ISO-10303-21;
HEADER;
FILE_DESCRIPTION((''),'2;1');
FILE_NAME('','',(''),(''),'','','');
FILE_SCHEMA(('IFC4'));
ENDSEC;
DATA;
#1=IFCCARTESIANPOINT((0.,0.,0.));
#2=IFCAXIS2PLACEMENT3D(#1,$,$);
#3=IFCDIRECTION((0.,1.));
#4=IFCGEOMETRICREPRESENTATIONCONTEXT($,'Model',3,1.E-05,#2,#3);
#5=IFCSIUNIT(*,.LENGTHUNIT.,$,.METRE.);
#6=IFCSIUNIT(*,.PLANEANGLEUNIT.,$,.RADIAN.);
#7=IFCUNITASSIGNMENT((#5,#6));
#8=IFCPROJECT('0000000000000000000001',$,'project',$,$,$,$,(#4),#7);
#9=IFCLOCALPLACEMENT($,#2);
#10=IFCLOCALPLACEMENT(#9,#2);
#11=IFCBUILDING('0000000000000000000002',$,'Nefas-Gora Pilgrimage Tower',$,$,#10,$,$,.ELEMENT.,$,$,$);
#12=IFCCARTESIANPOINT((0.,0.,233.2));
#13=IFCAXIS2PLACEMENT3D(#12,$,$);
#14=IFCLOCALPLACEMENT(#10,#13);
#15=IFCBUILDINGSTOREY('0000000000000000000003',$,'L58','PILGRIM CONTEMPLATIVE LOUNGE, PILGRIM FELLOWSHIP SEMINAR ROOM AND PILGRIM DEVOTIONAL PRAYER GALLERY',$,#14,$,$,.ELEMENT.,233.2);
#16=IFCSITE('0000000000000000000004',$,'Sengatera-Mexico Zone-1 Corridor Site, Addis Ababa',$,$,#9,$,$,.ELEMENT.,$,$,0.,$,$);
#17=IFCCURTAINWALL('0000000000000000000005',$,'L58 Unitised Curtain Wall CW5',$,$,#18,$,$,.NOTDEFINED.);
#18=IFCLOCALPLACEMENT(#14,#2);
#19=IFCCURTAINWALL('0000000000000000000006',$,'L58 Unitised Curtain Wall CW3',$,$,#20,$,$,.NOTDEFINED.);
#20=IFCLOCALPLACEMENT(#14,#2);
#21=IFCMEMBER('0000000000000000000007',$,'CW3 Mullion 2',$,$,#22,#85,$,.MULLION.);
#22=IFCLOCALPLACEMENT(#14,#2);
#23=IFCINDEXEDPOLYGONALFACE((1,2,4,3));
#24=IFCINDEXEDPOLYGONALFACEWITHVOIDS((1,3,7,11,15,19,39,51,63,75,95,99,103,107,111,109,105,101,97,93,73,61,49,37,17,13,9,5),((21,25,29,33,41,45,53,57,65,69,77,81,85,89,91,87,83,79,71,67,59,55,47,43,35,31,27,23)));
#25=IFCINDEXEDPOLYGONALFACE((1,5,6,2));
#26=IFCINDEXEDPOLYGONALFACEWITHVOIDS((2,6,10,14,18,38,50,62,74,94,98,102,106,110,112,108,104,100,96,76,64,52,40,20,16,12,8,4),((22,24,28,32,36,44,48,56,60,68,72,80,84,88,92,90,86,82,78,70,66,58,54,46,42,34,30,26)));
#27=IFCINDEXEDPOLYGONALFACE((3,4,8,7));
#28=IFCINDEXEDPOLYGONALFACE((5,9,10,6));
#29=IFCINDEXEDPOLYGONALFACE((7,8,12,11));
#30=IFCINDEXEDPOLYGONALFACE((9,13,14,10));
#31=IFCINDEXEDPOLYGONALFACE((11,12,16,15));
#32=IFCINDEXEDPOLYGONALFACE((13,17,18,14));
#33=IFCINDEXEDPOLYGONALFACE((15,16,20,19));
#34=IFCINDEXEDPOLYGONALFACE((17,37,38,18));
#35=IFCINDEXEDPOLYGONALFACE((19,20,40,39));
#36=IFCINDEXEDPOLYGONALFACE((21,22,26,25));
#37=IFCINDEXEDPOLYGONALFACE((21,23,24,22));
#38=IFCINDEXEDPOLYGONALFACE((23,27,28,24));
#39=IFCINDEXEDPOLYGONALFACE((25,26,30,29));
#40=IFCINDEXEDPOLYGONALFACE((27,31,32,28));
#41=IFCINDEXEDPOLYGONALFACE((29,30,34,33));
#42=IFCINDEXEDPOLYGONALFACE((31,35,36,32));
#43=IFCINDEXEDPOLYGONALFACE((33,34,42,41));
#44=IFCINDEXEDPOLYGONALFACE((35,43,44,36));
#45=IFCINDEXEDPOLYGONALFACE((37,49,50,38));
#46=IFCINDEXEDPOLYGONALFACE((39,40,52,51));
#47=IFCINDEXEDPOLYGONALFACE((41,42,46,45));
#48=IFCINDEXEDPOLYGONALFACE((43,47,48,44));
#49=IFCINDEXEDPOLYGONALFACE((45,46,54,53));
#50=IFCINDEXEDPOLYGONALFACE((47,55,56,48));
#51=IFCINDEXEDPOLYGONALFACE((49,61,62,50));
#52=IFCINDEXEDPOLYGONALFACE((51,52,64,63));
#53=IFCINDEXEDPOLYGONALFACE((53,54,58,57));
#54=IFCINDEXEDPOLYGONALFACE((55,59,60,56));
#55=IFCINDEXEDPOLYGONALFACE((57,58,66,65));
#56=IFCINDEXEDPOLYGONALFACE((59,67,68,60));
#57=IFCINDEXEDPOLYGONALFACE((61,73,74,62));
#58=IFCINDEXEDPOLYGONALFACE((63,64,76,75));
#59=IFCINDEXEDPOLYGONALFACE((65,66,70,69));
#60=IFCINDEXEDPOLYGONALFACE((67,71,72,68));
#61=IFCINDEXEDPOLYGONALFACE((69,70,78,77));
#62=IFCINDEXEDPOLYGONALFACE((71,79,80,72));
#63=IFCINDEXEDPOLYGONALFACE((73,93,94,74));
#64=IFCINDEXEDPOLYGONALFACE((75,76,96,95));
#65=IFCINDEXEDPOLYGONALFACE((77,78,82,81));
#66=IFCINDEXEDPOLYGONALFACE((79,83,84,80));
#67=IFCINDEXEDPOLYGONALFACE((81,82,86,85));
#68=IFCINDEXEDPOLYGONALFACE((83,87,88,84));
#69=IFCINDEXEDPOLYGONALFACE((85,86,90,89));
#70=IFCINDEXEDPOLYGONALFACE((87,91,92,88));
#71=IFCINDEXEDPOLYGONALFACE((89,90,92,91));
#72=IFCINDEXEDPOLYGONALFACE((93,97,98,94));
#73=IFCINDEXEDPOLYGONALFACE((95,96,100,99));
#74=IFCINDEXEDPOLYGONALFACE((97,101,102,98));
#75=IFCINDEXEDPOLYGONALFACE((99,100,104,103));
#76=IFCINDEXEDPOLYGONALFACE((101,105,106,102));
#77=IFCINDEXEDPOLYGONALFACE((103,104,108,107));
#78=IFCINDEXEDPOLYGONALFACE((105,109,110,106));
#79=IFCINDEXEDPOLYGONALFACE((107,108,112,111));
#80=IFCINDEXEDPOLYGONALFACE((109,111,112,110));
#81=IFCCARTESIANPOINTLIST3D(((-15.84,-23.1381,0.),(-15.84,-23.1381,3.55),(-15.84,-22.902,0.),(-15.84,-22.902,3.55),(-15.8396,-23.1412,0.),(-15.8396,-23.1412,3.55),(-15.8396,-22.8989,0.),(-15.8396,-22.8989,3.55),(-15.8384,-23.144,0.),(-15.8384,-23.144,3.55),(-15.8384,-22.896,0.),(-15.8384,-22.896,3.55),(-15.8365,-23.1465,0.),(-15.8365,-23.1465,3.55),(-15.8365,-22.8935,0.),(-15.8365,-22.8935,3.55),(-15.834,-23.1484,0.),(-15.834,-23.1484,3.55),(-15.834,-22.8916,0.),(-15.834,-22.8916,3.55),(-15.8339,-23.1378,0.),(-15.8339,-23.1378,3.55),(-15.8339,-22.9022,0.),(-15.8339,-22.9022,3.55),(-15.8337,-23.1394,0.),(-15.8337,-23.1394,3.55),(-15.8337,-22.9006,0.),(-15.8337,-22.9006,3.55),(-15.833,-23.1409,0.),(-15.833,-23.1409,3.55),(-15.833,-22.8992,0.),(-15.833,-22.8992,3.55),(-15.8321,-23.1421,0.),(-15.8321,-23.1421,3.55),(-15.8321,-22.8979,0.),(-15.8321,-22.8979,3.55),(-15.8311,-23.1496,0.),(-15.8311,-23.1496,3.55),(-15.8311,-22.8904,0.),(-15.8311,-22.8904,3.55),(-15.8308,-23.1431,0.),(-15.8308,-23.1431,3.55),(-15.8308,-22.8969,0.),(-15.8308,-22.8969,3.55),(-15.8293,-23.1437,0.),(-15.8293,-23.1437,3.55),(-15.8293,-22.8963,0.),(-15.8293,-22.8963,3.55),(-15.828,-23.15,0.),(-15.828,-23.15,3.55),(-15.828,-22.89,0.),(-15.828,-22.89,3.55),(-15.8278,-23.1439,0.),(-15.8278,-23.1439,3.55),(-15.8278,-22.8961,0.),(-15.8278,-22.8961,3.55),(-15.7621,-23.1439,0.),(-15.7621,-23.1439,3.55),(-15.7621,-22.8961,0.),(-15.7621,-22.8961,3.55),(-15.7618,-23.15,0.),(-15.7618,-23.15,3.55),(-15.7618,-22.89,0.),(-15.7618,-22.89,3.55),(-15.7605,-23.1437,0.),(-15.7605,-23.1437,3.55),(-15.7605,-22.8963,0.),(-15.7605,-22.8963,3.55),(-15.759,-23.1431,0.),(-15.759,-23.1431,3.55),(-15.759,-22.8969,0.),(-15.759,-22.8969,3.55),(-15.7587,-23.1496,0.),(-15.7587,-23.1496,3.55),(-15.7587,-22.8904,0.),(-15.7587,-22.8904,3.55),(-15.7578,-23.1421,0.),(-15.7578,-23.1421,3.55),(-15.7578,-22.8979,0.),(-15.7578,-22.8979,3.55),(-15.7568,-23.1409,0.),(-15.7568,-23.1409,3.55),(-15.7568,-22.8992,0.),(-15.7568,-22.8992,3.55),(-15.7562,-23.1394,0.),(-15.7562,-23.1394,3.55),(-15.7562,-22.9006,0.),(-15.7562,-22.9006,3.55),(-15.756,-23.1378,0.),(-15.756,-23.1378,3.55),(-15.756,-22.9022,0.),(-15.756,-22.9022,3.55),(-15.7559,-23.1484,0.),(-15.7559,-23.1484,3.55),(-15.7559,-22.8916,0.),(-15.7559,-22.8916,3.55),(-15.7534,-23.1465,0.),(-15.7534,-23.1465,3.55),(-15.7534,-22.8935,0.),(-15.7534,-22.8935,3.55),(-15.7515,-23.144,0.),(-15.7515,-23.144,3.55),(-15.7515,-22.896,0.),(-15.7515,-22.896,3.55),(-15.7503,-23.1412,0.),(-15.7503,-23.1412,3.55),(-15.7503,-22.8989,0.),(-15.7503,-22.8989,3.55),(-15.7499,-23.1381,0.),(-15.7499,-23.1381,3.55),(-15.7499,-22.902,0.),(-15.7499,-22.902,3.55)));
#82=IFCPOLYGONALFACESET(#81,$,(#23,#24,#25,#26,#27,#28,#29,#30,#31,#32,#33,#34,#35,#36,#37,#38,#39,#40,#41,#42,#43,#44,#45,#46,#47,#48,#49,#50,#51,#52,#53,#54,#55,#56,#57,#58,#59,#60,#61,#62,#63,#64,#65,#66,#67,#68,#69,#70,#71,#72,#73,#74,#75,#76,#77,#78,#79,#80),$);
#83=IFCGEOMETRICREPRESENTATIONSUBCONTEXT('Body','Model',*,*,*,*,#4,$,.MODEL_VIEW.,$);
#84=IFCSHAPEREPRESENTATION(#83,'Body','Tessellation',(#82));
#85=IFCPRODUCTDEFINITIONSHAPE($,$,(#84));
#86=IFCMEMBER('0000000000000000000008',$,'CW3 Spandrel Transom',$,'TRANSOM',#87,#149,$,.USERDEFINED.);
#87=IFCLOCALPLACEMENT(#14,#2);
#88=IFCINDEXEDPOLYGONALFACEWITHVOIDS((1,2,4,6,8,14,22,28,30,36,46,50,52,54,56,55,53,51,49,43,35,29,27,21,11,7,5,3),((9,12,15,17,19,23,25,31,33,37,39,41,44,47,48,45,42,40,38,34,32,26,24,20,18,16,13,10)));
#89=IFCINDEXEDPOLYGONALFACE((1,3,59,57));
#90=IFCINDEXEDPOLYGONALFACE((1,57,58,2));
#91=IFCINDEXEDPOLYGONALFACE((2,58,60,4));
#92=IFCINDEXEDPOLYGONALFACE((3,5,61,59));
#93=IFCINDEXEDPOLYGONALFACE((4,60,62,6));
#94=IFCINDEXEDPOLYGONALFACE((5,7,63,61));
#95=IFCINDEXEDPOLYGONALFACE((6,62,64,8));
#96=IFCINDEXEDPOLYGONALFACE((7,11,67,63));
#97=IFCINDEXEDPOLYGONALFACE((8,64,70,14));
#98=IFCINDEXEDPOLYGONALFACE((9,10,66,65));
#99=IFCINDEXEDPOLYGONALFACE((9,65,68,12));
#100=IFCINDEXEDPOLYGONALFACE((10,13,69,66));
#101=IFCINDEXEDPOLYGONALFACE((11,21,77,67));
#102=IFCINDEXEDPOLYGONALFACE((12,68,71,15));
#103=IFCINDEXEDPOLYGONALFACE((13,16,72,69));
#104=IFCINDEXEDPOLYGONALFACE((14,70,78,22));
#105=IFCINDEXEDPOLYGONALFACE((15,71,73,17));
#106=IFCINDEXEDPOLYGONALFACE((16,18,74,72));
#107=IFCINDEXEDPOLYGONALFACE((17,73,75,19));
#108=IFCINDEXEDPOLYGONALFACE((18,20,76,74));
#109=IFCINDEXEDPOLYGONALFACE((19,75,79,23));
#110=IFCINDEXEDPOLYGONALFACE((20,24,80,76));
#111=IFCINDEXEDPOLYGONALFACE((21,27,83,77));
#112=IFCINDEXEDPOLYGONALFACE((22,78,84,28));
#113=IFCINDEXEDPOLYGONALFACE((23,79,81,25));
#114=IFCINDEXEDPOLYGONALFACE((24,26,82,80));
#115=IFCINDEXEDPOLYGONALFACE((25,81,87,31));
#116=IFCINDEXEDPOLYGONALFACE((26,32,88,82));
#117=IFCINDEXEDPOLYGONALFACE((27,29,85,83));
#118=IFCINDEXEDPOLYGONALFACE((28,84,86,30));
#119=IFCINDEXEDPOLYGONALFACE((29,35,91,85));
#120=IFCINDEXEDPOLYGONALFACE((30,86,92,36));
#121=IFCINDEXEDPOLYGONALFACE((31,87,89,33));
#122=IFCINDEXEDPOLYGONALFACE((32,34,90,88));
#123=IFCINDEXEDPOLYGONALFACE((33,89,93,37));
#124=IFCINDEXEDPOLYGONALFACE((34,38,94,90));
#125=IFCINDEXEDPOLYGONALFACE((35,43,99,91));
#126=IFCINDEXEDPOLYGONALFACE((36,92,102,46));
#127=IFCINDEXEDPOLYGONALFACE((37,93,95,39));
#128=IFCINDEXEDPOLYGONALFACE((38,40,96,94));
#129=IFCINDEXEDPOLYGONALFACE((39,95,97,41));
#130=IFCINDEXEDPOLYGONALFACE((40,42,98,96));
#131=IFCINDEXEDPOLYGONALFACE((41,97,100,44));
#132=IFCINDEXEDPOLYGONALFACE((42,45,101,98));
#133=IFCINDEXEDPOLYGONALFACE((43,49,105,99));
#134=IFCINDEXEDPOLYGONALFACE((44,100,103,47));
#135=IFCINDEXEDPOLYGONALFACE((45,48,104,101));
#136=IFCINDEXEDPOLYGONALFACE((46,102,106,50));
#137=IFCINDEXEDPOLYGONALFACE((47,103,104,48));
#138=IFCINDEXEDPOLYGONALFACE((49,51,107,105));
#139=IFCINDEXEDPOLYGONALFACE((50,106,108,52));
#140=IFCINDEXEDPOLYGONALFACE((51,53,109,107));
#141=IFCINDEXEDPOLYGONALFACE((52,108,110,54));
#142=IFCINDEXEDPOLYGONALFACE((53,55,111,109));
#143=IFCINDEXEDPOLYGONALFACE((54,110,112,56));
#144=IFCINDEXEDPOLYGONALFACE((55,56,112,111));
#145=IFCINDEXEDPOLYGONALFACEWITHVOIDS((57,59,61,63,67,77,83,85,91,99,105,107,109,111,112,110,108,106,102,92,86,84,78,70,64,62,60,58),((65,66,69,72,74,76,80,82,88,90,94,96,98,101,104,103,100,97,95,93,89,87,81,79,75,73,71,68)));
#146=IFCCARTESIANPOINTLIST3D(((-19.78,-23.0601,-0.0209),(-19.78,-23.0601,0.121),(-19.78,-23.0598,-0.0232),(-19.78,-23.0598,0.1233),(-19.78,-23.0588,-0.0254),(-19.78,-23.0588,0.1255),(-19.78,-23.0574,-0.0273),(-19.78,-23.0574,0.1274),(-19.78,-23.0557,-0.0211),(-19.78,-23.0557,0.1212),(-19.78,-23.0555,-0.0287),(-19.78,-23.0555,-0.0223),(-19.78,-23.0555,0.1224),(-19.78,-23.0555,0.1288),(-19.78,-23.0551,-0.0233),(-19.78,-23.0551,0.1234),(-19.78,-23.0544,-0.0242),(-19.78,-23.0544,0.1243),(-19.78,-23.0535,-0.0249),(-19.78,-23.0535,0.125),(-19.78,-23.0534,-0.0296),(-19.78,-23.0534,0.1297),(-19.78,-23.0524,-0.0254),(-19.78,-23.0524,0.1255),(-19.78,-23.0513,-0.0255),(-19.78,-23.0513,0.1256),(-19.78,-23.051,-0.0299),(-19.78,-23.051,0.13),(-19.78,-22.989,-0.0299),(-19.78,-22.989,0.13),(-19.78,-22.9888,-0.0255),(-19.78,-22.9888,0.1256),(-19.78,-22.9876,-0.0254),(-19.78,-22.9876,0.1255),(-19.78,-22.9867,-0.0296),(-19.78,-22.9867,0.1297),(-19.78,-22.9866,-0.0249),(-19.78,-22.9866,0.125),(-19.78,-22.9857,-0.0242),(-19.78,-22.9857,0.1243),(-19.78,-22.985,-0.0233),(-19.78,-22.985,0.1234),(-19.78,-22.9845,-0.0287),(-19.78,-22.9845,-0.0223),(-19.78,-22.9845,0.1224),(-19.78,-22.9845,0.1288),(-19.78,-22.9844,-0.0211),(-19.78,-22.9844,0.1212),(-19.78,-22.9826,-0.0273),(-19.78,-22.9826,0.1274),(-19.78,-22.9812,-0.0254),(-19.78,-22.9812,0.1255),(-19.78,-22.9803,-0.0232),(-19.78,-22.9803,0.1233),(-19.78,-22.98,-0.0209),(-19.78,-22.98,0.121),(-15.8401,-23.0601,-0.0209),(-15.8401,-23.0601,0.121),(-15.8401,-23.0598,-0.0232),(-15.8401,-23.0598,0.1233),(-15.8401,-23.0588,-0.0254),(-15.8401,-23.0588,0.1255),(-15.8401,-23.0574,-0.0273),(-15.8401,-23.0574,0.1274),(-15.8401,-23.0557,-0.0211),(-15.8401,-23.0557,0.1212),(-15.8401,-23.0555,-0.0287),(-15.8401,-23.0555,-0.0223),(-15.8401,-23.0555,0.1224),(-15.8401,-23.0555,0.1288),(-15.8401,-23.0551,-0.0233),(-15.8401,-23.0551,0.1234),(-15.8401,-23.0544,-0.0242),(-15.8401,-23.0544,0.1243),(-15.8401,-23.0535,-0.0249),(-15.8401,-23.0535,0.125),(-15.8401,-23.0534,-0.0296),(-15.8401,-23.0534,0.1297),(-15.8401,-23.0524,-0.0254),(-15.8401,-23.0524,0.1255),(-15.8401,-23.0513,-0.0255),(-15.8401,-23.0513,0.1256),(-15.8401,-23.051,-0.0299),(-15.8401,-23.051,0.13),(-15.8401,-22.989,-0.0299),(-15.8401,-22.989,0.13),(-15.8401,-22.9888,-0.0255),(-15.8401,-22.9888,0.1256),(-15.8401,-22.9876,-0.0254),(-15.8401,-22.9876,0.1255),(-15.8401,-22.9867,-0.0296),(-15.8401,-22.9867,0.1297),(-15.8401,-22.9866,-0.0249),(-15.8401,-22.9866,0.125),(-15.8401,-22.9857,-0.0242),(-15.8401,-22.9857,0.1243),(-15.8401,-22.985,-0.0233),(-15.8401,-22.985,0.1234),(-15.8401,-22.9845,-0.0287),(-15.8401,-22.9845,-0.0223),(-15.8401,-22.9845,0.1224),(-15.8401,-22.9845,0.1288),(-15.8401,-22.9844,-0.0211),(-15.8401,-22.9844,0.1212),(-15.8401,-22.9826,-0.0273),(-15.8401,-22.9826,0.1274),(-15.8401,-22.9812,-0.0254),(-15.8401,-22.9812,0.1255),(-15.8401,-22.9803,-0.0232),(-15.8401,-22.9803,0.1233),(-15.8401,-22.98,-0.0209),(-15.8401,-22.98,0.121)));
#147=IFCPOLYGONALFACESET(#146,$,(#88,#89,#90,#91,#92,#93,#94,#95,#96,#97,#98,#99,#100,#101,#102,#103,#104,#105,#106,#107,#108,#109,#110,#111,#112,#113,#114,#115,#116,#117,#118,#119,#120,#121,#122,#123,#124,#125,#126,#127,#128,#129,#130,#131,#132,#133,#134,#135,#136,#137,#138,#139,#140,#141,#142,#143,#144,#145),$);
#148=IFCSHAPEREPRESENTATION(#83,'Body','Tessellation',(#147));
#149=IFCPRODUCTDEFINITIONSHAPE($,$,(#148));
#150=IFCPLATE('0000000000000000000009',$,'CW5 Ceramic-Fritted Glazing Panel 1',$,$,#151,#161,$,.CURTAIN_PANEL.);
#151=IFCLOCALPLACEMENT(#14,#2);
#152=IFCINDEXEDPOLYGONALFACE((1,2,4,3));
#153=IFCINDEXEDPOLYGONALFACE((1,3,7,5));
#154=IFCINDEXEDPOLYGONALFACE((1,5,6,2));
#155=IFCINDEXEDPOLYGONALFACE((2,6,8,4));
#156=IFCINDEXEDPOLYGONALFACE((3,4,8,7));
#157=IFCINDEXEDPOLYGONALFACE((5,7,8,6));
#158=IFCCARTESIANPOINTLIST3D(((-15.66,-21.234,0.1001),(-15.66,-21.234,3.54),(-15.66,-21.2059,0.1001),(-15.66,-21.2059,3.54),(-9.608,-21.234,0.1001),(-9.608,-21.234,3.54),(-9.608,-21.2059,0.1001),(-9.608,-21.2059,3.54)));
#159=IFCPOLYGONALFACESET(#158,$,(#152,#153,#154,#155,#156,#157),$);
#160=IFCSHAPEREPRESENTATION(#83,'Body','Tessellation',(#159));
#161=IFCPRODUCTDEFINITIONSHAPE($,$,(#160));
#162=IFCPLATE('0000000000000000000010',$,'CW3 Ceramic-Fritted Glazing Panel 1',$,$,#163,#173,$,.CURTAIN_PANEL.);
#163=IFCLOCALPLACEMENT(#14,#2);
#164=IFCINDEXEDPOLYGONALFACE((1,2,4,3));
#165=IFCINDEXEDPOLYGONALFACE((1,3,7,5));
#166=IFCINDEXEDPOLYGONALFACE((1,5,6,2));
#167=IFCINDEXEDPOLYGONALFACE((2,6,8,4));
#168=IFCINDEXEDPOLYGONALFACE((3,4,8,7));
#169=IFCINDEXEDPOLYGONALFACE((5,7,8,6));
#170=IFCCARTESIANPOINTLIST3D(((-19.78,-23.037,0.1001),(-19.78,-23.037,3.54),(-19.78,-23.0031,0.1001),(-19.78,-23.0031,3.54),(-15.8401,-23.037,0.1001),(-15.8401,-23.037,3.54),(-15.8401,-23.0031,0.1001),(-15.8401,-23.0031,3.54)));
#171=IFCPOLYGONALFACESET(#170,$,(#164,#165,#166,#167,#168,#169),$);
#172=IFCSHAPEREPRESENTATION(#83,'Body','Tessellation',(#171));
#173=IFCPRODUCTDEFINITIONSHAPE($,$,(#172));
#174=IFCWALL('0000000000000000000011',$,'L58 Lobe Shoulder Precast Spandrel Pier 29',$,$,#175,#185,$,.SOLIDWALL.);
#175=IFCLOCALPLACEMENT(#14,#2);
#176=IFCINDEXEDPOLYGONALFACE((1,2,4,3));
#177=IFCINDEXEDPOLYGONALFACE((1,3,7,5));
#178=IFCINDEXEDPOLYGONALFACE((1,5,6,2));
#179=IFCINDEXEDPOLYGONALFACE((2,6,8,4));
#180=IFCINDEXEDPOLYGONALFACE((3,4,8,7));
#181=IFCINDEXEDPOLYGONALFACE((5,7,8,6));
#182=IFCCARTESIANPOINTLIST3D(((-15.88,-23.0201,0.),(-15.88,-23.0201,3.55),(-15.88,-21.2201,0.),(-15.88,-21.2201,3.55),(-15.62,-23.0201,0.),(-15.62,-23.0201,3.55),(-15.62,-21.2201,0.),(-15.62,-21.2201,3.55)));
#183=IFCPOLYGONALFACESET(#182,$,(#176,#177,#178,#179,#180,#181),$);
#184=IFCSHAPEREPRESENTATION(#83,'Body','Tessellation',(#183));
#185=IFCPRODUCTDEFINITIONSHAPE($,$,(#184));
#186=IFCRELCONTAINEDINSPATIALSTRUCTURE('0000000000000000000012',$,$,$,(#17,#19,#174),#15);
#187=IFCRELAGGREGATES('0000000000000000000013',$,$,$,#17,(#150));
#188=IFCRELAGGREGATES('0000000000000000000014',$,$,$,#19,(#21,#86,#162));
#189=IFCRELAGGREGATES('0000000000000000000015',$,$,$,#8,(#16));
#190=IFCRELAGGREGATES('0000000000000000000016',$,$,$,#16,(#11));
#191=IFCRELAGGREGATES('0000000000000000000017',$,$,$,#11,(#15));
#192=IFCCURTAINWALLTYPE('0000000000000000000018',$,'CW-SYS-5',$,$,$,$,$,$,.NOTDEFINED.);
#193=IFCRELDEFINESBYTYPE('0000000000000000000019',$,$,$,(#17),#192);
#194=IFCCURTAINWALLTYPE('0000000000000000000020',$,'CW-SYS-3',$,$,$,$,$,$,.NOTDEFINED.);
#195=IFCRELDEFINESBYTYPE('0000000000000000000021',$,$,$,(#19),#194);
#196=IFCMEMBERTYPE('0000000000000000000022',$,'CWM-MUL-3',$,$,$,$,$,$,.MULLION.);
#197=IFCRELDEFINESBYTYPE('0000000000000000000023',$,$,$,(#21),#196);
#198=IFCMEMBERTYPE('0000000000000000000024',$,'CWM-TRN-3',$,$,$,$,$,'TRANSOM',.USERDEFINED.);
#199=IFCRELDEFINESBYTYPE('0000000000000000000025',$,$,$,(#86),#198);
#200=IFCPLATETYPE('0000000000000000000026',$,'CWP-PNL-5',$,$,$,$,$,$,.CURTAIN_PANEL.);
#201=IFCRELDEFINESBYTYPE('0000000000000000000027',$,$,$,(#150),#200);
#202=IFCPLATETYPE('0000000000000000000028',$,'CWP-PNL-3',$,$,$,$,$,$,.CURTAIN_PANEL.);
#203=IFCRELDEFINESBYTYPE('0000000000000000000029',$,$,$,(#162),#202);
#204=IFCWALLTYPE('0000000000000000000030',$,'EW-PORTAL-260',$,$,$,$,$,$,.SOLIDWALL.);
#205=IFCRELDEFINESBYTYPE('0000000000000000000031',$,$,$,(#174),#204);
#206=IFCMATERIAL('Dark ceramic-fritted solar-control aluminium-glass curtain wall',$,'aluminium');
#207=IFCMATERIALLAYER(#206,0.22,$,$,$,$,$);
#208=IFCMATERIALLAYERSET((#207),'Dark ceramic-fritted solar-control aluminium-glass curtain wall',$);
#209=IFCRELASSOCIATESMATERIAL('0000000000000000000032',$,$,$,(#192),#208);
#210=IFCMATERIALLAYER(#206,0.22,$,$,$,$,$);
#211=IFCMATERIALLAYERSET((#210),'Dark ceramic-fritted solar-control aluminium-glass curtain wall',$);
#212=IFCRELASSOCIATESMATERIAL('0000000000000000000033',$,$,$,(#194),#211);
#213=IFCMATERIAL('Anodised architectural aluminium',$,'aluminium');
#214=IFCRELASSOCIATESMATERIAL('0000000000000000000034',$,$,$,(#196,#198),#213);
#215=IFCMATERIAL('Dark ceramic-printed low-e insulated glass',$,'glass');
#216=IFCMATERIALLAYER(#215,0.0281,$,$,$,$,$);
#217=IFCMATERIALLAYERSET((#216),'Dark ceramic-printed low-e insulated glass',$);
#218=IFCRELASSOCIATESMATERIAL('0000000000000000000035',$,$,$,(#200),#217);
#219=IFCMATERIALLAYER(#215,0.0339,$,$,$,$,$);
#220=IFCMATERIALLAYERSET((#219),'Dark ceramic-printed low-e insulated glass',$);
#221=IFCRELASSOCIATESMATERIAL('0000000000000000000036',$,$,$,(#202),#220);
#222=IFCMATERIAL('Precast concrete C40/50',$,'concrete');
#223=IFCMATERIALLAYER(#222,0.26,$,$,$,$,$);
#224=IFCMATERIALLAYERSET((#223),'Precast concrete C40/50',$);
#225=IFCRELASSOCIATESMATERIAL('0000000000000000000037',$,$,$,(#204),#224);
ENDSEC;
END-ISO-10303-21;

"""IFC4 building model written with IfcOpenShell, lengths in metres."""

from ifc_helpers import new_model, si_unit, direction, frame, frame_2d, origin, origin_2d, place, context, subcontext, project, spatial, rectangle, hollow_rectangle, extrude, source, transform, mapped, material, layer, layer_set, material_profile, profile_set, type_object, element, aggregate, save


model = new_model("IFC4")

# Units and contexts
model_context = context("Model", 3, precision=1e-05, world=origin(), true_north=direction((0.0, 1.0)))
body_context = subcontext(model_context, "Body", "Model", "MODEL_VIEW")
ifc_project = project(units=[si_unit("LENGTHUNIT", "METRE"), si_unit("PLANEANGLEUNIT", "RADIAN")], contexts=[model_context])

# Site, building, storey
site_placement = place(None, origin())
site = spatial("IfcSite", under=ifc_project, at=site_placement, Name="Sengatera-Mexico Zone-1 Corridor Site, Addis Ababa", CompositionType="ELEMENT", RefElevation=0.0)
building_placement = place(site_placement, origin())
building = spatial("IfcBuilding", under=site, at=building_placement, Name="Nefas-Gora Pilgrimage Tower", CompositionType="ELEMENT")
storey_placement = place(building_placement, frame((0.0, 0.0, 233.2)))
storey = spatial("IfcBuildingStorey", under=building, at=storey_placement, Name="L58", Description="PILGRIM CONTEMPLATIVE LOUNGE, PILGRIM FELLOWSHIP SEMINAR ROOM AND PILGRIM DEVOTIONAL PRAYER GALLERY", CompositionType="ELEMENT", Elevation=233.2)

# Curtain wall
ifc_material_1 = material(Name="Dark ceramic-fritted solar-control aluminium-glass curtain wall", Category="aluminium")
ifc_layer_1 = layer(ifc_material_1, 0.22)
ifc_layer_set_1 = layer_set([ifc_layer_1], Name="Dark ceramic-fritted solar-control aluminium-glass curtain wall")
curtain_wall_type_1 = type_object("IfcCurtainWallType", Name="CW-SYS-5", PredefinedType="NOTDEFINED", material=ifc_layer_set_1)
curtain_wall_1_placement = place(storey_placement, origin())
curtain_wall_1 = element("IfcCurtainWall", 1, at=curtain_wall_1_placement, inside=storey, type_object=curtain_wall_type_1, Name="L58 Unitised Curtain Wall CW5", PredefinedType="NOTDEFINED")
ifc_material_2 = material(Name="Anodised architectural aluminium", Category="aluminium")

# Shared definitions
ifc_layer_2 = layer(ifc_material_1, 0.22)
ifc_layer_set_2 = layer_set([ifc_layer_2], Name="Dark ceramic-fritted solar-control aluminium-glass curtain wall")
curtain_wall_type_2 = type_object("IfcCurtainWallType", Name="CW-SYS-3", PredefinedType="NOTDEFINED", material=ifc_layer_set_2)
ifc_material_profile_1 = material_profile(ifc_material_2, hollow_rectangle(XDim=0.0901, YDim=0.26, WallThickness=0.0061, InnerFilletRadius=0.0061, OuterFilletRadius=0.012, at=origin_2d()), Name="ALU MULLION 90x260")
ifc_profile_set_1 = profile_set([ifc_material_profile_1], Name="Anodised architectural aluminium")
member_type_1 = type_object("IfcMemberType", Name="CWM-MUL-3", PredefinedType="MULLION", material=ifc_profile_set_1)
shared_shape_1 = source(origin(), body_context, "Body", "SweptSolid", [
    extrude(hollow_rectangle(XDim=0.0901, YDim=0.26, WallThickness=0.0061, InnerFilletRadius=0.0061, OuterFilletRadius=0.012, at=origin_2d()), origin(), (0.0, 0.0, 1.0), 3.55),
])

# Curtain wall, members
curtain_wall_2_placement = place(storey_placement, origin())
curtain_wall_2 = element("IfcCurtainWall", 2, at=curtain_wall_2_placement, inside=storey, type_object=curtain_wall_type_2, Name="L58 Unitised Curtain Wall CW3", PredefinedType="NOTDEFINED")
member_1_placement = place(storey_placement, frame((-15.7949, -23.02, 0.0), z_axis=(0.0, 0.0, 1.0), x_axis=(1.0, 0.0, 0.0)))
member_1 = element("IfcMember", 3, at=member_1_placement, type_object=member_type_1, Name="CW3 Mullion 2", PredefinedType="MULLION", context=body_context, shape_type="MappedRepresentation", body=[
    mapped(shared_shape_1, transform((0.0, 0.0, 0.0), x_axis=(1.0, 0.0, 0.0), y_axis=(0.0, 1.0, 0.0), z_axis=(0.0, 0.0, 1.0), scale=1.0)),
])
ifc_material_profile_2 = material_profile(ifc_material_2, hollow_rectangle(XDim=0.0801, YDim=0.1599, WallThickness=0.0044, InnerFilletRadius=0.0044, OuterFilletRadius=0.009, at=origin_2d()), Name="ALU TRANSOM 80x160")
ifc_profile_set_2 = profile_set([ifc_material_profile_2], Name="Anodised architectural aluminium")
member_type_2 = type_object("IfcMemberType", Name="CWM-TRN-3", ElementType="TRANSOM", PredefinedType="USERDEFINED", material=ifc_profile_set_2)
shared_shape_2 = source(origin(), body_context, "Body", "SweptSolid", [
    extrude(hollow_rectangle(XDim=0.0801, YDim=0.1599, WallThickness=0.0044, InnerFilletRadius=0.0044, OuterFilletRadius=0.009, at=origin_2d()), origin(), (0.0, 0.0, 1.0), 3.9399),
])
member_2_placement = place(storey_placement, frame((-19.78, -23.02, 0.05), z_axis=(1.0, 0.0, 0.0), x_axis=(0.0, 1.0, 0.0)))
member_2 = element("IfcMember", 4, at=member_2_placement, type_object=member_type_2, Name="CW3 Spandrel Transom", ObjectType="TRANSOM", PredefinedType="USERDEFINED", context=body_context, shape_type="MappedRepresentation", body=[
    mapped(shared_shape_2, transform((0.0, 0.0, 0.0), x_axis=(1.0, 0.0, 0.0), y_axis=(0.0, 1.0, 0.0), z_axis=(0.0, 0.0, 1.0), scale=1.0)),
])

# Plates
ifc_material_3 = material(Name="Dark ceramic-printed low-e insulated glass", Category="glass")
ifc_layer_3 = layer(ifc_material_3, 0.0281)
ifc_layer_set_3 = layer_set([ifc_layer_3], Name="Dark ceramic-printed low-e insulated glass")
plate_type_1 = type_object("IfcPlateType", Name="CWP-PNL-5", PredefinedType="CURTAIN_PANEL", material=ifc_layer_set_3)
shared_shape_3 = source(origin(), body_context, "Body", "SweptSolid", [
    extrude(rectangle(XDim=6.052, YDim=0.0281, at=origin_2d()), origin(), (0.0, 0.0, 1.0), 3.4399),
])
plate_1_placement = place(storey_placement, frame((-12.634, -21.22, 0.1001), z_axis=(0.0, 0.0, 1.0), x_axis=(1.0, 0.0, 0.0)))
plate_1 = element("IfcPlate", 5, at=plate_1_placement, type_object=plate_type_1, Name="CW5 Ceramic-Fritted Glazing Panel 1", PredefinedType="CURTAIN_PANEL", context=body_context, shape_type="MappedRepresentation", body=[
    mapped(shared_shape_3, transform((0.0, 0.0, 0.0), x_axis=(1.0, 0.0, 0.0), y_axis=(0.0, 1.0, 0.0), z_axis=(0.0, 0.0, 1.0), scale=1.0)),
])
aggregate(curtain_wall_1, [plate_1])
ifc_layer_4 = layer(ifc_material_3, 0.0339)
ifc_layer_set_4 = layer_set([ifc_layer_4], Name="Dark ceramic-printed low-e insulated glass")
plate_type_2 = type_object("IfcPlateType", Name="CWP-PNL-3", PredefinedType="CURTAIN_PANEL", material=ifc_layer_set_4)
shared_shape_4 = source(origin(), body_context, "Body", "SweptSolid", [
    extrude(rectangle(XDim=3.9399, YDim=0.0339, at=origin_2d()), origin(), (0.0, 0.0, 1.0), 3.4399),
])
plate_2_placement = place(storey_placement, frame((-17.8101, -23.02, 0.1001), z_axis=(0.0, 0.0, 1.0), x_axis=(1.0, 0.0, 0.0)))
plate_2 = element("IfcPlate", 6, at=plate_2_placement, type_object=plate_type_2, Name="CW3 Ceramic-Fritted Glazing Panel 1", PredefinedType="CURTAIN_PANEL", context=body_context, shape_type="MappedRepresentation", body=[
    mapped(shared_shape_4, transform((0.0, 0.0, 0.0), x_axis=(1.0, 0.0, 0.0), y_axis=(0.0, 1.0, 0.0), z_axis=(0.0, 0.0, 1.0), scale=1.0)),
])
aggregate(curtain_wall_2, [member_1, member_2, plate_2])

# Wall
ifc_material_4 = material(Name="Precast concrete C40/50", Category="concrete")
ifc_layer_5 = layer(ifc_material_4, 0.26)
ifc_layer_set_5 = layer_set([ifc_layer_5], Name="Precast concrete C40/50")
wall_type_1 = type_object("IfcWallType", Name="EW-PORTAL-260", PredefinedType="SOLIDWALL", material=ifc_layer_set_5)
shared_shape_5 = source(origin(), body_context, "Body", "SweptSolid", [
    extrude(rectangle(XDim=1.8, YDim=0.26, at=frame_2d((0.8999, 0.0))), origin(), (0.0, 0.0, 1.0), 3.55),
])
wall_1_placement = place(storey_placement, frame((-15.75, -23.02, 0.0), z_axis=(0.0, 0.0, 1.0), x_axis=(0.0, 1.0, 0.0)))
element("IfcWall", 7, at=wall_1_placement, inside=storey, type_object=wall_type_1, Name="L58 Lobe Shoulder Precast Spandrel Pier 29", PredefinedType="SOLIDWALL", context=body_context, shape_type="MappedRepresentation", body=[
    mapped(shared_shape_5, transform((0.0, 0.0, 0.0), x_axis=(1.0, 0.0, 0.0), y_axis=(0.0, 1.0, 0.0), z_axis=(0.0, 0.0, 1.0), scale=1.0)),
])

save(model, "model.ifc")
